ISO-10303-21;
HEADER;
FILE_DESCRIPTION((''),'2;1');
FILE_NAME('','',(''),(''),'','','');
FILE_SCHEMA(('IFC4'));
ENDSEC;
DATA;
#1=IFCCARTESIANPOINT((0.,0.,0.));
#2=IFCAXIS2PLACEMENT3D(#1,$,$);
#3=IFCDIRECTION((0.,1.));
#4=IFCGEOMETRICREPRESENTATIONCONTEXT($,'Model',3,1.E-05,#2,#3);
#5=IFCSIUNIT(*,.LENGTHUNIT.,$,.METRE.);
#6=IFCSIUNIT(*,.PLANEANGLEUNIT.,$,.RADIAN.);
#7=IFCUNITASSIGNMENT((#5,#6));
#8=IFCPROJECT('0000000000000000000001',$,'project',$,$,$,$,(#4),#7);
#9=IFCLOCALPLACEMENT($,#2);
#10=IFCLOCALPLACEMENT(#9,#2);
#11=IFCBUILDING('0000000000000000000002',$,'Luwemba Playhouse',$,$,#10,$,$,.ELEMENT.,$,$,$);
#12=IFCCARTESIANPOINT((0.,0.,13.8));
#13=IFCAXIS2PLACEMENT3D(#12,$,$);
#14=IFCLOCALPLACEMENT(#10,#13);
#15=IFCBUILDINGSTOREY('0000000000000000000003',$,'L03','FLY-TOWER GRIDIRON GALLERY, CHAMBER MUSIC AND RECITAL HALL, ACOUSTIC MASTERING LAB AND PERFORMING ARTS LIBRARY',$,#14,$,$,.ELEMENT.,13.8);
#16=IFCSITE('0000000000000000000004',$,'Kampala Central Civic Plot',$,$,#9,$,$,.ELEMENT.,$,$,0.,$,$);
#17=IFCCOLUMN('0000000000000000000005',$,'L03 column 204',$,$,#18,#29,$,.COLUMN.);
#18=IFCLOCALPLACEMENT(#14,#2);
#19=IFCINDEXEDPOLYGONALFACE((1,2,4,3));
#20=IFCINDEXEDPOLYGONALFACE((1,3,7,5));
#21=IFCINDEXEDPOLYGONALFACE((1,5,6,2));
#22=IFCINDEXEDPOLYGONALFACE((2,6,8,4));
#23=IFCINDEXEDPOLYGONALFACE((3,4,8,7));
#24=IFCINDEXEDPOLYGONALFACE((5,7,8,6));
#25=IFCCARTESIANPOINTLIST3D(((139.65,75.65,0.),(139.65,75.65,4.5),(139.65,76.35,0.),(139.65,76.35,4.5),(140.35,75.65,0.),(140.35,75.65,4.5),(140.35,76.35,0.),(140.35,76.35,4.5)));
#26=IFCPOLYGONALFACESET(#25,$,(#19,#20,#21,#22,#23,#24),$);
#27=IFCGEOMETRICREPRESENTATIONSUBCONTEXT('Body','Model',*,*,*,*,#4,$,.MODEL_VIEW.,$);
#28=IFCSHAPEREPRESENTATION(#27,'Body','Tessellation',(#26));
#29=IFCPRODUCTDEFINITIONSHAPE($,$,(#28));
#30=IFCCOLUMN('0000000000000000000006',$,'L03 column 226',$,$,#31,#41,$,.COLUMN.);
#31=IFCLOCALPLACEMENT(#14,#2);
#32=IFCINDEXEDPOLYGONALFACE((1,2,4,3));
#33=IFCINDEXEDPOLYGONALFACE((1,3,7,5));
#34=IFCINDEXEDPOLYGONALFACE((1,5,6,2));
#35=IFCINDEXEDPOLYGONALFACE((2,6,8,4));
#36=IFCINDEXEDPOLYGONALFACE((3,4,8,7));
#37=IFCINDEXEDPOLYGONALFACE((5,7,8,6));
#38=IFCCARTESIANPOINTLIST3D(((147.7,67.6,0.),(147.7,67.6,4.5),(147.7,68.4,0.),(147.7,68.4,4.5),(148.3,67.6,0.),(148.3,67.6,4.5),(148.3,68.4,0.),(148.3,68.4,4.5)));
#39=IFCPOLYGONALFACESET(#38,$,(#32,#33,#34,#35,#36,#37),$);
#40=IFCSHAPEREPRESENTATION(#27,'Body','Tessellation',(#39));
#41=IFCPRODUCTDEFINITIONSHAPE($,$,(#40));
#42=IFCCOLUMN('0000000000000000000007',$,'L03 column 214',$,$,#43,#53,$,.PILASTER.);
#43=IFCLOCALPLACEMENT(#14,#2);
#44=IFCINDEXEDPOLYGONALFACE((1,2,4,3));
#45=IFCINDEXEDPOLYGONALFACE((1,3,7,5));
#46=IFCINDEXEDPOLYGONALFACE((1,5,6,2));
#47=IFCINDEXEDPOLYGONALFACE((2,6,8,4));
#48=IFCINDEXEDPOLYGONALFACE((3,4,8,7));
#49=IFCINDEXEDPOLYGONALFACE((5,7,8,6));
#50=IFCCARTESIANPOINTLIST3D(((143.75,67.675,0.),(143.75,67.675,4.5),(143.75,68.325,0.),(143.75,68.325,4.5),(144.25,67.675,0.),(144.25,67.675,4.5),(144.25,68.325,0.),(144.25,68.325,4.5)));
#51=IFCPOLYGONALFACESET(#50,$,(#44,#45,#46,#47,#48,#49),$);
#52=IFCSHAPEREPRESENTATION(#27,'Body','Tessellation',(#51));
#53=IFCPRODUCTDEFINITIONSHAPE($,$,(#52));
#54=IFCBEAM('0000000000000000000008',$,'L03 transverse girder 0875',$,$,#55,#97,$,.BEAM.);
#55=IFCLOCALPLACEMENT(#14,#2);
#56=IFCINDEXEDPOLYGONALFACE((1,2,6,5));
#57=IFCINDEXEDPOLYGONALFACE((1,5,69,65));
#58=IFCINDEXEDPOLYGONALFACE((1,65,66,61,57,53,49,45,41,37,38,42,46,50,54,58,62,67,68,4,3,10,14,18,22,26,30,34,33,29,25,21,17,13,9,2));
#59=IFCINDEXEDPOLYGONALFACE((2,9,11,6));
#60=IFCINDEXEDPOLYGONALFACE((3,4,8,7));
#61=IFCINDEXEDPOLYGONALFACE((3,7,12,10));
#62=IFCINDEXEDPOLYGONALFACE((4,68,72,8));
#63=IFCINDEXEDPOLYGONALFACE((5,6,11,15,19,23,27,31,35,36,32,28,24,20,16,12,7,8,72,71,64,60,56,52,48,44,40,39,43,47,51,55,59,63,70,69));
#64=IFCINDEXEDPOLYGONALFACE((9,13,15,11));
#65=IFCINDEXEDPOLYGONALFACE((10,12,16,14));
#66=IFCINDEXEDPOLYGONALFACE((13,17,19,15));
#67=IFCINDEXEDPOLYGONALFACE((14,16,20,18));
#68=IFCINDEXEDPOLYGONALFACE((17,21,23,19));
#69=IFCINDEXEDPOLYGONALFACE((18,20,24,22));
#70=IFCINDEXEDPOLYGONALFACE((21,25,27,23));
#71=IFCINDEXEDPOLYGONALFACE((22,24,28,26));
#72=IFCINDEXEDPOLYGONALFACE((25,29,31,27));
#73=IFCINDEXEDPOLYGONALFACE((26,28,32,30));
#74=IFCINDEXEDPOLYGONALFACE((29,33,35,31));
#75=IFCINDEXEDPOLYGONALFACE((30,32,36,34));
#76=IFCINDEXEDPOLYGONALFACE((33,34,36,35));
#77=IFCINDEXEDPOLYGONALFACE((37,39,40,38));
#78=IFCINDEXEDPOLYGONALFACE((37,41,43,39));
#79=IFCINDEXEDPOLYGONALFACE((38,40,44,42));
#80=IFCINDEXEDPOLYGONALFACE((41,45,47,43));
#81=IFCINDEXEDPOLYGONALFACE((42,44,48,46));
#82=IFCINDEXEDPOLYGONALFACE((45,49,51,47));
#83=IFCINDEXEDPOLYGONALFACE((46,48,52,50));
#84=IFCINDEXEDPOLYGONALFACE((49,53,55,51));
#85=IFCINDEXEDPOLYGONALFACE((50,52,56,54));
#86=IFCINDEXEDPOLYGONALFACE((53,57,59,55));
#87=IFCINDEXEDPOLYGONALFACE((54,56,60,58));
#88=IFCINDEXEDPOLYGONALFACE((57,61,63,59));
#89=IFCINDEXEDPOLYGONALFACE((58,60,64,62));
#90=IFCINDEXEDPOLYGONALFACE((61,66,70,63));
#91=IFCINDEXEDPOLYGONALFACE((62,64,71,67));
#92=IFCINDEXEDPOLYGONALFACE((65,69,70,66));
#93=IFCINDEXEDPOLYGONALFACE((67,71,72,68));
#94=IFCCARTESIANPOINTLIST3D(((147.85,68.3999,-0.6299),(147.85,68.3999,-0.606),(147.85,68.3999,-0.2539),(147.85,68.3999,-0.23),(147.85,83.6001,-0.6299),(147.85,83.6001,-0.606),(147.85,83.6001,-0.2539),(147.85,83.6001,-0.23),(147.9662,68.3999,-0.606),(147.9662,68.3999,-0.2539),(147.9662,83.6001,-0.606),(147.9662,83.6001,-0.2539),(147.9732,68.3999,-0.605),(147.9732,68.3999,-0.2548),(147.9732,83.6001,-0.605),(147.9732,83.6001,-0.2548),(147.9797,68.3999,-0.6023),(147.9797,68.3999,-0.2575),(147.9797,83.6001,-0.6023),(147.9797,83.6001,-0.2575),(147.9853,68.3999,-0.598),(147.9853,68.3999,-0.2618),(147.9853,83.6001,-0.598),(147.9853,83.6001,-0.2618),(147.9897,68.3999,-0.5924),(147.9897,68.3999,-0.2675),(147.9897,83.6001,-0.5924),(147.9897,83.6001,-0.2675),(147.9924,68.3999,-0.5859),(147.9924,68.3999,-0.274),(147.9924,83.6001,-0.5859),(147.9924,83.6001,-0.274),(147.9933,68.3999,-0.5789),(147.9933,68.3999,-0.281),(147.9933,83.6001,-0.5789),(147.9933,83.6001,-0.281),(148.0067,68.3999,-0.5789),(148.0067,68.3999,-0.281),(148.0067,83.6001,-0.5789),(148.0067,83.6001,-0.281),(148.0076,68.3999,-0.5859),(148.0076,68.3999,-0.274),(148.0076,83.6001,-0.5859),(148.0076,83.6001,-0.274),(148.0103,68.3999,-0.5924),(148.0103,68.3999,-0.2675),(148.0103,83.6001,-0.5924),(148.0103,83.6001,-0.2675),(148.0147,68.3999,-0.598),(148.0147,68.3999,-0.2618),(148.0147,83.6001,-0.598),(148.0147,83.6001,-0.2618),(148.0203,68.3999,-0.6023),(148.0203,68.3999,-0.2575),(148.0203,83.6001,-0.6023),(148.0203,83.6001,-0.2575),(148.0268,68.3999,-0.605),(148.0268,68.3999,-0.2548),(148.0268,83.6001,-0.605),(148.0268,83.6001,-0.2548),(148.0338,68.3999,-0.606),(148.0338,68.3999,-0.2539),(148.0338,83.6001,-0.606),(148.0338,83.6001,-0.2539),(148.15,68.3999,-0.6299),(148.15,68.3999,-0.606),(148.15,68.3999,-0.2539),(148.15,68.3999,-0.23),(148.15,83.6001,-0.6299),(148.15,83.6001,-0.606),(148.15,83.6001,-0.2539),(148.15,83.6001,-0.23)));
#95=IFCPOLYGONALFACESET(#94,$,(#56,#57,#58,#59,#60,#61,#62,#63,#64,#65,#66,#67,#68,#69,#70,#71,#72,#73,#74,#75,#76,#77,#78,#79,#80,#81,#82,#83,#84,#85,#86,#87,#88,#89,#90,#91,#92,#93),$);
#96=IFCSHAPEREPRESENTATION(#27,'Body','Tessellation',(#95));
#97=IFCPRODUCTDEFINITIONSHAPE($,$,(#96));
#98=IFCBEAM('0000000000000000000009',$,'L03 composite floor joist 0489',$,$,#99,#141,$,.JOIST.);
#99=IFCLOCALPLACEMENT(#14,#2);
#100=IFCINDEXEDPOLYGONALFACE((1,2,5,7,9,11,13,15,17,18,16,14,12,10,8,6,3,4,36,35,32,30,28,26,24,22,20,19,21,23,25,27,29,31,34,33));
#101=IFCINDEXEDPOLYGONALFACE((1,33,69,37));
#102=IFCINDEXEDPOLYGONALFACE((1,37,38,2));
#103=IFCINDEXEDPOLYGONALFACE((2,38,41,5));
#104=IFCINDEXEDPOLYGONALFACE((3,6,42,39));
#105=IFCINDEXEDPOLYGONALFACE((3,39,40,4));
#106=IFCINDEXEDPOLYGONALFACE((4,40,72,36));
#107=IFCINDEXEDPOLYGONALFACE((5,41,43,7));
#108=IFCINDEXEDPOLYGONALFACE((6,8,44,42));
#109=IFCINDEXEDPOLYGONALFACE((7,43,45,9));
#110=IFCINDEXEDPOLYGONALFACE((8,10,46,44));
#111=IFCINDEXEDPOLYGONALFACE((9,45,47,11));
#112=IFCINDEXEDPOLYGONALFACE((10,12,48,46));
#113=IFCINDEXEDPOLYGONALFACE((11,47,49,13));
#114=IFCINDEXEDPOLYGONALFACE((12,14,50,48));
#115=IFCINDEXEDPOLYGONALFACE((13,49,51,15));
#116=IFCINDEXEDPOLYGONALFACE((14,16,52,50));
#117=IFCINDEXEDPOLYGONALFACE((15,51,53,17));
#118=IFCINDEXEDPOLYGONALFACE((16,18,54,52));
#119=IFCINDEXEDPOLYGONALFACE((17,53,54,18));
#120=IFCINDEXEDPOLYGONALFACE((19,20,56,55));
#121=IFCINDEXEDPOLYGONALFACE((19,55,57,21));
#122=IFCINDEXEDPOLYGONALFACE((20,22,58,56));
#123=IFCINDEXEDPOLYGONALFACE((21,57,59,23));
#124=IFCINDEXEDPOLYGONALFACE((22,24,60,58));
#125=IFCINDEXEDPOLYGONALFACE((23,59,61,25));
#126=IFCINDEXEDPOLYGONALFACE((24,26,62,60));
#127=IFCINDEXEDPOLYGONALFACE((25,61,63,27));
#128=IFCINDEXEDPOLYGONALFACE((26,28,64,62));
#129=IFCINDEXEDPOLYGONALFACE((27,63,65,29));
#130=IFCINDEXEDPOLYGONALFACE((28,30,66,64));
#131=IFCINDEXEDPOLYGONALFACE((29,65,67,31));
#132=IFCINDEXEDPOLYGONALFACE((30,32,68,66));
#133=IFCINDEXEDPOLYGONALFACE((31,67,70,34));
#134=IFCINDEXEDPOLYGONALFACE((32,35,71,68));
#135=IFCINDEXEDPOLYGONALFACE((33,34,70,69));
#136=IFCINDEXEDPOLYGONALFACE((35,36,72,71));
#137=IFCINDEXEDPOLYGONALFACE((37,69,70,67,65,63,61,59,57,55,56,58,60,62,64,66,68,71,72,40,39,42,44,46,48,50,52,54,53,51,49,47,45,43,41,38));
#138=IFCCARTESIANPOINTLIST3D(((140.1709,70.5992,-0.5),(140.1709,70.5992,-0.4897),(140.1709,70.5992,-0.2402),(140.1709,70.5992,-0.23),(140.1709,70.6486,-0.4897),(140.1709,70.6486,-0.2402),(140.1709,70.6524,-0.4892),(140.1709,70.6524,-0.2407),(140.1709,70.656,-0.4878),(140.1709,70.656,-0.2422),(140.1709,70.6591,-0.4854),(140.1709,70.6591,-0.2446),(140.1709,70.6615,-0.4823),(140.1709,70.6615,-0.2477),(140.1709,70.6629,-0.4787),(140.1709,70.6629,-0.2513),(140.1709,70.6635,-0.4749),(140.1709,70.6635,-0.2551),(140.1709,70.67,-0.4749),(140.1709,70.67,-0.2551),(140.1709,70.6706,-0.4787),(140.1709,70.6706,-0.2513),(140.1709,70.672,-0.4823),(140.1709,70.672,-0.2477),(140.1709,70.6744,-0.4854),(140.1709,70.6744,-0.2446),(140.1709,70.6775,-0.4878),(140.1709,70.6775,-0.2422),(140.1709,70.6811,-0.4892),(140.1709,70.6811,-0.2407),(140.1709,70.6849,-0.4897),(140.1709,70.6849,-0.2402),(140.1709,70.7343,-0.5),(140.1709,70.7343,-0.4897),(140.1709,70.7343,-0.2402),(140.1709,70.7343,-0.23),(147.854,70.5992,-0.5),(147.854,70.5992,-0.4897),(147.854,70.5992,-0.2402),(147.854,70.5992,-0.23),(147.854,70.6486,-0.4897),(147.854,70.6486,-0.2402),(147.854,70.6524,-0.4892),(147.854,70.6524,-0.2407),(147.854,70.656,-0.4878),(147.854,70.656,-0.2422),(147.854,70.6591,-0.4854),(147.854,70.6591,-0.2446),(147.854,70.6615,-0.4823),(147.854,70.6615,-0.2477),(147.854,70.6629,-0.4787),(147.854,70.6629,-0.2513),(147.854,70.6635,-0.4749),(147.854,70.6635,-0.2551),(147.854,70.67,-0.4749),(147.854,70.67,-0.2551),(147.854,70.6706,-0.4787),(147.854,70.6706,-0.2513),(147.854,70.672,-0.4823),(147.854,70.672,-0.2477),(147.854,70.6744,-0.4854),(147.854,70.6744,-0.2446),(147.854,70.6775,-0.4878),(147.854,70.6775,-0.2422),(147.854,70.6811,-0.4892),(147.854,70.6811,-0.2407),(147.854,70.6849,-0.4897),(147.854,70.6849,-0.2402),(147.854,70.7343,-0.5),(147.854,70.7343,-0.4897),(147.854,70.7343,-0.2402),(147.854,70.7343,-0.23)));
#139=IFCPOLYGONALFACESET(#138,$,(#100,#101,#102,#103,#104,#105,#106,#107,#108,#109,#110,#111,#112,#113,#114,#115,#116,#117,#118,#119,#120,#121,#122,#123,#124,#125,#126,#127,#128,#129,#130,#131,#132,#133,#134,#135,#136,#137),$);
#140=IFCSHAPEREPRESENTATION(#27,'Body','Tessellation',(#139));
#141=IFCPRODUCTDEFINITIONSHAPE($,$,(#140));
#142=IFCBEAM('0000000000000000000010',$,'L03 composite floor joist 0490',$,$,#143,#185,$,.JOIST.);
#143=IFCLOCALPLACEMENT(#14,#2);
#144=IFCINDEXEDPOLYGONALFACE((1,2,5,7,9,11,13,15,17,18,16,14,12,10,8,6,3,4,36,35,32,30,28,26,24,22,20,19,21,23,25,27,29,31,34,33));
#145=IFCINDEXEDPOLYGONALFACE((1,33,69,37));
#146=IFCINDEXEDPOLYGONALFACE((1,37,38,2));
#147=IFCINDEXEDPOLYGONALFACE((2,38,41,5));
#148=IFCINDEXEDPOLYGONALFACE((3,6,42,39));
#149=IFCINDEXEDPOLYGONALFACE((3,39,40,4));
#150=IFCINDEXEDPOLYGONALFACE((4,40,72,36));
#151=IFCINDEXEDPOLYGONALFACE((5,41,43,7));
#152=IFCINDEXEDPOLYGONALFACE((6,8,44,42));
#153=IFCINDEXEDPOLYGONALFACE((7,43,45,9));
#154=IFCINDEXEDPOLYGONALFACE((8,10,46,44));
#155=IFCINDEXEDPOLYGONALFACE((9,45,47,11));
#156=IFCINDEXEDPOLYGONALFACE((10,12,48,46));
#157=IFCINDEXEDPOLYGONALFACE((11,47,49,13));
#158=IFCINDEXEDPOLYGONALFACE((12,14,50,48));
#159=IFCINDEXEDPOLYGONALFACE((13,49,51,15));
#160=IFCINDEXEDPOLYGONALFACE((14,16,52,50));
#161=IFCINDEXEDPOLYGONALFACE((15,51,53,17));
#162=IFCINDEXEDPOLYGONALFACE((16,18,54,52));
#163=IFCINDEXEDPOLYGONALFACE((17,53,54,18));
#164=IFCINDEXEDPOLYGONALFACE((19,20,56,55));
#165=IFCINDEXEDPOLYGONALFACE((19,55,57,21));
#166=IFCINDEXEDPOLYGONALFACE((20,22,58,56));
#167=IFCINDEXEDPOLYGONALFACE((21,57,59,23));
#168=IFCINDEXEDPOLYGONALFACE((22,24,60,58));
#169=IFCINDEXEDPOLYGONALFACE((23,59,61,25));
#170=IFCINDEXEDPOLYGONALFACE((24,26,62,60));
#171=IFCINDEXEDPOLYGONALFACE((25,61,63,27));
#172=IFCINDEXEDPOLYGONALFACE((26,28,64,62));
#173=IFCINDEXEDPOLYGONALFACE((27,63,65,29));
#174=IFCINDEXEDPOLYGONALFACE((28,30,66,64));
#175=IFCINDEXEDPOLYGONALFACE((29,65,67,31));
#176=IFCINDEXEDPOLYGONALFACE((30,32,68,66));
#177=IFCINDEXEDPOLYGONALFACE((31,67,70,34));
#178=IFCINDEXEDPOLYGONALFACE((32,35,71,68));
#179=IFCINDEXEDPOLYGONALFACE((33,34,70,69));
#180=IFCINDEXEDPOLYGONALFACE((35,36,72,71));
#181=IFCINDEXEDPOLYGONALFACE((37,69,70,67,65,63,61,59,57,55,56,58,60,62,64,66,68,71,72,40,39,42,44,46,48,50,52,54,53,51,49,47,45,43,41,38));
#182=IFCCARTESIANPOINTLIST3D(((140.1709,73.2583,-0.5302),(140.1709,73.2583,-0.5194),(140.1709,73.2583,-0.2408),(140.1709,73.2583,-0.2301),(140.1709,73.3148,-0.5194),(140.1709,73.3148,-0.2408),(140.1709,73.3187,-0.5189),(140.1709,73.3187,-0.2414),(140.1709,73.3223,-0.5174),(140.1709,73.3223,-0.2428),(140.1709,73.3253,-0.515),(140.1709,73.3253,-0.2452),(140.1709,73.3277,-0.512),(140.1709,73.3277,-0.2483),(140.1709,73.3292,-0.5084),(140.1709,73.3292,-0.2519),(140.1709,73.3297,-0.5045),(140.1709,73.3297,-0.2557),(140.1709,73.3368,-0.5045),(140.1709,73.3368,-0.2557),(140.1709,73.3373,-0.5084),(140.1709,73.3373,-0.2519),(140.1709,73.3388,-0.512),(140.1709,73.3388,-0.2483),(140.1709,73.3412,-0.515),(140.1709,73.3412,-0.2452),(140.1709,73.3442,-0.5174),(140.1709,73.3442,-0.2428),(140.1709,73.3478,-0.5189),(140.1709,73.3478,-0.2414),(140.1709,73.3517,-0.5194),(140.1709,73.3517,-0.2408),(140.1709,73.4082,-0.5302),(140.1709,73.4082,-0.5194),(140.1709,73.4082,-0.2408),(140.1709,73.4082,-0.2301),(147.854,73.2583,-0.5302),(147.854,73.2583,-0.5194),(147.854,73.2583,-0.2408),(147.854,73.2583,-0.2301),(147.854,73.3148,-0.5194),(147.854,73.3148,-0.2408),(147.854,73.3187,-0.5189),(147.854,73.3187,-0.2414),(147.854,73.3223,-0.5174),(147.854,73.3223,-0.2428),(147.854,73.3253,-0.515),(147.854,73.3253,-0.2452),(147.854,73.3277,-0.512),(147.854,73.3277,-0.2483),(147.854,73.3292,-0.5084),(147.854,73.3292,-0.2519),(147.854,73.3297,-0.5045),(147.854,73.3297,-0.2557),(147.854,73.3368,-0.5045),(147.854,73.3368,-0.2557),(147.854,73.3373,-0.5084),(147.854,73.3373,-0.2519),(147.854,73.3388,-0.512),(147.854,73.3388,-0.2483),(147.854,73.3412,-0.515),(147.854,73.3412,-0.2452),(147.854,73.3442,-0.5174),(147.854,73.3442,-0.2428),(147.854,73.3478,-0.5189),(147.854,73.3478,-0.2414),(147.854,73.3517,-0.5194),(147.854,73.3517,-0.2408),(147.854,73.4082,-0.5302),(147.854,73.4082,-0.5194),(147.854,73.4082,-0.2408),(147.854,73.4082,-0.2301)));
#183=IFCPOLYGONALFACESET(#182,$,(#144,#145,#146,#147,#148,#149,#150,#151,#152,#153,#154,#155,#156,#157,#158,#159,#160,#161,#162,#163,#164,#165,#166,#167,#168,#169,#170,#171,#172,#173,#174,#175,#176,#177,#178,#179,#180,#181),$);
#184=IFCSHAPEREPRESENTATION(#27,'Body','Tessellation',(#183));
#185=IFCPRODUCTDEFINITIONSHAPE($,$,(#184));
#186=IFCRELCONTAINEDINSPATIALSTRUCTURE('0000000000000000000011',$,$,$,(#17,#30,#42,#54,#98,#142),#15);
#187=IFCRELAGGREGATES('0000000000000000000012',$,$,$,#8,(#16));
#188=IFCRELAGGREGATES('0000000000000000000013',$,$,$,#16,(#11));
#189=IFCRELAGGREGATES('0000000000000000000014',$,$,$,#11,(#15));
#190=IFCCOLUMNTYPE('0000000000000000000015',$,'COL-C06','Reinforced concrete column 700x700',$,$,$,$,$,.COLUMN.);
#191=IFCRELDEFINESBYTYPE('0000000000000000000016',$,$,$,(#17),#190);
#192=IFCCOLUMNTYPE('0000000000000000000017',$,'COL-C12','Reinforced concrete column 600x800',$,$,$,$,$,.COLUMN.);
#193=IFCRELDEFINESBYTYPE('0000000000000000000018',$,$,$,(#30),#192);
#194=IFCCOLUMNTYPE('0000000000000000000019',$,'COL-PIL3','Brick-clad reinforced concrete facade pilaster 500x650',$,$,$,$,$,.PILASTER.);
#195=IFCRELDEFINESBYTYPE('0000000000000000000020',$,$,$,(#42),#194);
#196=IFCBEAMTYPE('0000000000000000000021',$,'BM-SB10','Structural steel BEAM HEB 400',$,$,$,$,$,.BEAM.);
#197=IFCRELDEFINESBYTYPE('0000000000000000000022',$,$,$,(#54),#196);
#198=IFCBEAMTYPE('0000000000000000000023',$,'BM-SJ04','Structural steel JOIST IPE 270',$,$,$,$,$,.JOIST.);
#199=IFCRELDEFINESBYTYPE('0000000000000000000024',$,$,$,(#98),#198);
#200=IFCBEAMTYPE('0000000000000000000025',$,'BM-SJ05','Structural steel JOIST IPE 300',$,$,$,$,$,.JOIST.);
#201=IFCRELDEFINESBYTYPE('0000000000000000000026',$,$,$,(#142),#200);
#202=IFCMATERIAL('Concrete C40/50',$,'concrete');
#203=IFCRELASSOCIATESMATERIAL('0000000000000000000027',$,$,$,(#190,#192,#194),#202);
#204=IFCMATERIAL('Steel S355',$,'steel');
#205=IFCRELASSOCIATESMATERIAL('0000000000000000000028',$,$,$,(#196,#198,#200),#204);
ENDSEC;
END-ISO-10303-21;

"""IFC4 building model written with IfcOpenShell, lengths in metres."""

from ifc_helpers import new_model, si_unit, direction, frame, origin, origin_2d, place, context, subcontext, project, spatial, rectangle, i_section, extrude, material, material_profile, profile_set, type_object, element, save


model = new_model("IFC4")

# Units and contexts
model_context = context("Model", 3, precision=1e-05, world=origin(), true_north=direction((0.0, 1.0)))
body_context = subcontext(model_context, "Body", "Model", "MODEL_VIEW")
ifc_project = project(units=[si_unit("LENGTHUNIT", "METRE"), si_unit("PLANEANGLEUNIT", "RADIAN")], contexts=[model_context])

# Site, building, storey
site_placement = place(None, origin())
site = spatial("IfcSite", under=ifc_project, at=site_placement, Name="Kampala Central Civic Plot", CompositionType="ELEMENT", RefElevation=0.0)
building_placement = place(site_placement, origin())
building = spatial("IfcBuilding", under=site, at=building_placement, Name="Luwemba Playhouse", CompositionType="ELEMENT")
storey_placement = place(building_placement, frame((0.0, 0.0, 13.8)))
storey = spatial("IfcBuildingStorey", under=building, at=storey_placement, Name="L03", Description="FLY-TOWER GRIDIRON GALLERY, CHAMBER MUSIC AND RECITAL HALL, ACOUSTIC MASTERING LAB AND PERFORMING ARTS LIBRARY", CompositionType="ELEMENT", Elevation=13.8)

# Columns
ifc_material_1 = material(Name="Concrete C40/50", Category="concrete")
ifc_material_profile_1 = material_profile(ifc_material_1, rectangle(XDim=0.7, YDim=0.7, at=origin_2d()))
ifc_profile_set_1 = profile_set([ifc_material_profile_1], Name="Concrete C40/50")
column_type_1 = type_object("IfcColumnType", Name="COL-C06", Description="Reinforced concrete column 700x700", PredefinedType="COLUMN", material=ifc_profile_set_1)
column_1_placement = place(storey_placement, frame((140.0, 76.0, 0.0), z_axis=(0.0, 0.0, 1.0), x_axis=(1.0, 0.0, 0.0)))
element("IfcColumn", 1, at=column_1_placement, inside=storey, type_object=column_type_1, Name="L03 column 204", PredefinedType="COLUMN", context=body_context, shape_type="SweptSolid", body=[
    extrude(rectangle(XDim=0.7, YDim=0.7, at=origin_2d()), origin(), (0.0, 0.0, 1.0), 4.5),
])
ifc_material_profile_2 = material_profile(ifc_material_1, rectangle(XDim=0.6001, YDim=0.8, at=origin_2d()))
ifc_profile_set_2 = profile_set([ifc_material_profile_2], Name="Concrete C40/50")
column_type_2 = type_object("IfcColumnType", Name="COL-C12", Description="Reinforced concrete column 600x800", PredefinedType="COLUMN", material=ifc_profile_set_2)
column_2_placement = place(storey_placement, frame((148.0, 68.0, 0.0), z_axis=(0.0, 0.0, 1.0), x_axis=(1.0, 0.0, 0.0)))
element("IfcColumn", 2, at=column_2_placement, inside=storey, type_object=column_type_2, Name="L03 column 226", PredefinedType="COLUMN", context=body_context, shape_type="SweptSolid", body=[
    extrude(rectangle(XDim=0.6001, YDim=0.8, at=origin_2d()), origin(), (0.0, 0.0, 1.0), 4.5),
])
ifc_material_profile_3 = material_profile(ifc_material_1, rectangle(XDim=0.5, YDim=0.6499, at=origin_2d()))
ifc_profile_set_3 = profile_set([ifc_material_profile_3], Name="Concrete C40/50")
column_type_3 = type_object("IfcColumnType", Name="COL-PIL3", Description="Brick-clad reinforced concrete facade pilaster 500x650", PredefinedType="PILASTER", material=ifc_profile_set_3)
column_3_placement = place(storey_placement, frame((144.0, 68.0, 0.0), z_axis=(0.0, 0.0, 1.0), x_axis=(1.0, 0.0, 0.0)))
element("IfcColumn", 3, at=column_3_placement, inside=storey, type_object=column_type_3, Name="L03 column 214", PredefinedType="PILASTER", context=body_context, shape_type="SweptSolid", body=[
    extrude(rectangle(XDim=0.5, YDim=0.6499, at=origin_2d()), origin(), (0.0, 0.0, 1.0), 4.5),
])

# Beams
ifc_material_2 = material(Name="Steel S355", Category="steel")
ifc_material_profile_4 = material_profile(ifc_material_2, i_section(OverallWidth=0.3, OverallDepth=0.3999, WebThickness=0.0134, FlangeThickness=0.0239, FilletRadius=0.0271, at=origin_2d()))
ifc_profile_set_4 = profile_set([ifc_material_profile_4], Name="Steel S355")
beam_type_1 = type_object("IfcBeamType", Name="BM-SB10", Description="Structural steel BEAM HEB 400", PredefinedType="BEAM", material=ifc_profile_set_4)
beam_1_placement = place(storey_placement, frame((148.0, 68.3999, -0.4299), z_axis=(0.0, 1.0, 0.0), x_axis=(-1.0, 0.0, 0.0)))
element("IfcBeam", 4, at=beam_1_placement, inside=storey, type_object=beam_type_1, Name="L03 transverse girder 0875", PredefinedType="BEAM", context=body_context, shape_type="SweptSolid", body=[
    extrude(i_section(OverallWidth=0.3, OverallDepth=0.3999, WebThickness=0.0134, FlangeThickness=0.0239, FilletRadius=0.0271, at=origin_2d()), origin(), (0.0, 0.0, 1.0), 15.2002),
])
ifc_material_profile_5 = material_profile(ifc_material_2, i_section(OverallWidth=0.135, OverallDepth=0.27, WebThickness=0.0066, FlangeThickness=0.0103, FilletRadius=0.0149, at=origin_2d()))
ifc_profile_set_5 = profile_set([ifc_material_profile_5], Name="Steel S355")
beam_type_2 = type_object("IfcBeamType", Name="BM-SJ04", Description="Structural steel JOIST IPE 270", PredefinedType="JOIST", material=ifc_profile_set_5)
beam_2_placement = place(storey_placement, frame((140.1709, 70.6667, -0.365), z_axis=(1.0, 0.0, 0.0), x_axis=(0.0, 1.0, 0.0)))
element("IfcBeam", 5, at=beam_2_placement, inside=storey, type_object=beam_type_2, Name="L03 composite floor joist 0489", PredefinedType="JOIST", context=body_context, shape_type="SweptSolid", body=[
    extrude(i_section(OverallWidth=0.135, OverallDepth=0.27, WebThickness=0.0066, FlangeThickness=0.0103, FilletRadius=0.0149, at=origin_2d()), origin(), (0.0, 0.0, 1.0), 7.6831),
])
ifc_material_profile_6 = material_profile(ifc_material_2, i_section(OverallWidth=0.1499, OverallDepth=0.3, WebThickness=0.0071, FlangeThickness=0.0107, FilletRadius=0.0149, at=origin_2d()))
ifc_profile_set_6 = profile_set([ifc_material_profile_6], Name="Steel S355")
beam_type_3 = type_object("IfcBeamType", Name="BM-SJ05", Description="Structural steel JOIST IPE 300", PredefinedType="JOIST", material=ifc_profile_set_6)
beam_3_placement = place(storey_placement, frame((140.1709, 73.3333, -0.3801), z_axis=(1.0, 0.0, 0.0), x_axis=(0.0, 1.0, 0.0)))
element("IfcBeam", 6, at=beam_3_placement, inside=storey, type_object=beam_type_3, Name="L03 composite floor joist 0490", PredefinedType="JOIST", context=body_context, shape_type="SweptSolid", body=[
    extrude(i_section(OverallWidth=0.1499, OverallDepth=0.3, WebThickness=0.0071, FlangeThickness=0.0107, FilletRadius=0.0149, at=origin_2d()), origin(), (0.0, 0.0, 1.0), 7.6831),
])

save(model, "model.ifc")
